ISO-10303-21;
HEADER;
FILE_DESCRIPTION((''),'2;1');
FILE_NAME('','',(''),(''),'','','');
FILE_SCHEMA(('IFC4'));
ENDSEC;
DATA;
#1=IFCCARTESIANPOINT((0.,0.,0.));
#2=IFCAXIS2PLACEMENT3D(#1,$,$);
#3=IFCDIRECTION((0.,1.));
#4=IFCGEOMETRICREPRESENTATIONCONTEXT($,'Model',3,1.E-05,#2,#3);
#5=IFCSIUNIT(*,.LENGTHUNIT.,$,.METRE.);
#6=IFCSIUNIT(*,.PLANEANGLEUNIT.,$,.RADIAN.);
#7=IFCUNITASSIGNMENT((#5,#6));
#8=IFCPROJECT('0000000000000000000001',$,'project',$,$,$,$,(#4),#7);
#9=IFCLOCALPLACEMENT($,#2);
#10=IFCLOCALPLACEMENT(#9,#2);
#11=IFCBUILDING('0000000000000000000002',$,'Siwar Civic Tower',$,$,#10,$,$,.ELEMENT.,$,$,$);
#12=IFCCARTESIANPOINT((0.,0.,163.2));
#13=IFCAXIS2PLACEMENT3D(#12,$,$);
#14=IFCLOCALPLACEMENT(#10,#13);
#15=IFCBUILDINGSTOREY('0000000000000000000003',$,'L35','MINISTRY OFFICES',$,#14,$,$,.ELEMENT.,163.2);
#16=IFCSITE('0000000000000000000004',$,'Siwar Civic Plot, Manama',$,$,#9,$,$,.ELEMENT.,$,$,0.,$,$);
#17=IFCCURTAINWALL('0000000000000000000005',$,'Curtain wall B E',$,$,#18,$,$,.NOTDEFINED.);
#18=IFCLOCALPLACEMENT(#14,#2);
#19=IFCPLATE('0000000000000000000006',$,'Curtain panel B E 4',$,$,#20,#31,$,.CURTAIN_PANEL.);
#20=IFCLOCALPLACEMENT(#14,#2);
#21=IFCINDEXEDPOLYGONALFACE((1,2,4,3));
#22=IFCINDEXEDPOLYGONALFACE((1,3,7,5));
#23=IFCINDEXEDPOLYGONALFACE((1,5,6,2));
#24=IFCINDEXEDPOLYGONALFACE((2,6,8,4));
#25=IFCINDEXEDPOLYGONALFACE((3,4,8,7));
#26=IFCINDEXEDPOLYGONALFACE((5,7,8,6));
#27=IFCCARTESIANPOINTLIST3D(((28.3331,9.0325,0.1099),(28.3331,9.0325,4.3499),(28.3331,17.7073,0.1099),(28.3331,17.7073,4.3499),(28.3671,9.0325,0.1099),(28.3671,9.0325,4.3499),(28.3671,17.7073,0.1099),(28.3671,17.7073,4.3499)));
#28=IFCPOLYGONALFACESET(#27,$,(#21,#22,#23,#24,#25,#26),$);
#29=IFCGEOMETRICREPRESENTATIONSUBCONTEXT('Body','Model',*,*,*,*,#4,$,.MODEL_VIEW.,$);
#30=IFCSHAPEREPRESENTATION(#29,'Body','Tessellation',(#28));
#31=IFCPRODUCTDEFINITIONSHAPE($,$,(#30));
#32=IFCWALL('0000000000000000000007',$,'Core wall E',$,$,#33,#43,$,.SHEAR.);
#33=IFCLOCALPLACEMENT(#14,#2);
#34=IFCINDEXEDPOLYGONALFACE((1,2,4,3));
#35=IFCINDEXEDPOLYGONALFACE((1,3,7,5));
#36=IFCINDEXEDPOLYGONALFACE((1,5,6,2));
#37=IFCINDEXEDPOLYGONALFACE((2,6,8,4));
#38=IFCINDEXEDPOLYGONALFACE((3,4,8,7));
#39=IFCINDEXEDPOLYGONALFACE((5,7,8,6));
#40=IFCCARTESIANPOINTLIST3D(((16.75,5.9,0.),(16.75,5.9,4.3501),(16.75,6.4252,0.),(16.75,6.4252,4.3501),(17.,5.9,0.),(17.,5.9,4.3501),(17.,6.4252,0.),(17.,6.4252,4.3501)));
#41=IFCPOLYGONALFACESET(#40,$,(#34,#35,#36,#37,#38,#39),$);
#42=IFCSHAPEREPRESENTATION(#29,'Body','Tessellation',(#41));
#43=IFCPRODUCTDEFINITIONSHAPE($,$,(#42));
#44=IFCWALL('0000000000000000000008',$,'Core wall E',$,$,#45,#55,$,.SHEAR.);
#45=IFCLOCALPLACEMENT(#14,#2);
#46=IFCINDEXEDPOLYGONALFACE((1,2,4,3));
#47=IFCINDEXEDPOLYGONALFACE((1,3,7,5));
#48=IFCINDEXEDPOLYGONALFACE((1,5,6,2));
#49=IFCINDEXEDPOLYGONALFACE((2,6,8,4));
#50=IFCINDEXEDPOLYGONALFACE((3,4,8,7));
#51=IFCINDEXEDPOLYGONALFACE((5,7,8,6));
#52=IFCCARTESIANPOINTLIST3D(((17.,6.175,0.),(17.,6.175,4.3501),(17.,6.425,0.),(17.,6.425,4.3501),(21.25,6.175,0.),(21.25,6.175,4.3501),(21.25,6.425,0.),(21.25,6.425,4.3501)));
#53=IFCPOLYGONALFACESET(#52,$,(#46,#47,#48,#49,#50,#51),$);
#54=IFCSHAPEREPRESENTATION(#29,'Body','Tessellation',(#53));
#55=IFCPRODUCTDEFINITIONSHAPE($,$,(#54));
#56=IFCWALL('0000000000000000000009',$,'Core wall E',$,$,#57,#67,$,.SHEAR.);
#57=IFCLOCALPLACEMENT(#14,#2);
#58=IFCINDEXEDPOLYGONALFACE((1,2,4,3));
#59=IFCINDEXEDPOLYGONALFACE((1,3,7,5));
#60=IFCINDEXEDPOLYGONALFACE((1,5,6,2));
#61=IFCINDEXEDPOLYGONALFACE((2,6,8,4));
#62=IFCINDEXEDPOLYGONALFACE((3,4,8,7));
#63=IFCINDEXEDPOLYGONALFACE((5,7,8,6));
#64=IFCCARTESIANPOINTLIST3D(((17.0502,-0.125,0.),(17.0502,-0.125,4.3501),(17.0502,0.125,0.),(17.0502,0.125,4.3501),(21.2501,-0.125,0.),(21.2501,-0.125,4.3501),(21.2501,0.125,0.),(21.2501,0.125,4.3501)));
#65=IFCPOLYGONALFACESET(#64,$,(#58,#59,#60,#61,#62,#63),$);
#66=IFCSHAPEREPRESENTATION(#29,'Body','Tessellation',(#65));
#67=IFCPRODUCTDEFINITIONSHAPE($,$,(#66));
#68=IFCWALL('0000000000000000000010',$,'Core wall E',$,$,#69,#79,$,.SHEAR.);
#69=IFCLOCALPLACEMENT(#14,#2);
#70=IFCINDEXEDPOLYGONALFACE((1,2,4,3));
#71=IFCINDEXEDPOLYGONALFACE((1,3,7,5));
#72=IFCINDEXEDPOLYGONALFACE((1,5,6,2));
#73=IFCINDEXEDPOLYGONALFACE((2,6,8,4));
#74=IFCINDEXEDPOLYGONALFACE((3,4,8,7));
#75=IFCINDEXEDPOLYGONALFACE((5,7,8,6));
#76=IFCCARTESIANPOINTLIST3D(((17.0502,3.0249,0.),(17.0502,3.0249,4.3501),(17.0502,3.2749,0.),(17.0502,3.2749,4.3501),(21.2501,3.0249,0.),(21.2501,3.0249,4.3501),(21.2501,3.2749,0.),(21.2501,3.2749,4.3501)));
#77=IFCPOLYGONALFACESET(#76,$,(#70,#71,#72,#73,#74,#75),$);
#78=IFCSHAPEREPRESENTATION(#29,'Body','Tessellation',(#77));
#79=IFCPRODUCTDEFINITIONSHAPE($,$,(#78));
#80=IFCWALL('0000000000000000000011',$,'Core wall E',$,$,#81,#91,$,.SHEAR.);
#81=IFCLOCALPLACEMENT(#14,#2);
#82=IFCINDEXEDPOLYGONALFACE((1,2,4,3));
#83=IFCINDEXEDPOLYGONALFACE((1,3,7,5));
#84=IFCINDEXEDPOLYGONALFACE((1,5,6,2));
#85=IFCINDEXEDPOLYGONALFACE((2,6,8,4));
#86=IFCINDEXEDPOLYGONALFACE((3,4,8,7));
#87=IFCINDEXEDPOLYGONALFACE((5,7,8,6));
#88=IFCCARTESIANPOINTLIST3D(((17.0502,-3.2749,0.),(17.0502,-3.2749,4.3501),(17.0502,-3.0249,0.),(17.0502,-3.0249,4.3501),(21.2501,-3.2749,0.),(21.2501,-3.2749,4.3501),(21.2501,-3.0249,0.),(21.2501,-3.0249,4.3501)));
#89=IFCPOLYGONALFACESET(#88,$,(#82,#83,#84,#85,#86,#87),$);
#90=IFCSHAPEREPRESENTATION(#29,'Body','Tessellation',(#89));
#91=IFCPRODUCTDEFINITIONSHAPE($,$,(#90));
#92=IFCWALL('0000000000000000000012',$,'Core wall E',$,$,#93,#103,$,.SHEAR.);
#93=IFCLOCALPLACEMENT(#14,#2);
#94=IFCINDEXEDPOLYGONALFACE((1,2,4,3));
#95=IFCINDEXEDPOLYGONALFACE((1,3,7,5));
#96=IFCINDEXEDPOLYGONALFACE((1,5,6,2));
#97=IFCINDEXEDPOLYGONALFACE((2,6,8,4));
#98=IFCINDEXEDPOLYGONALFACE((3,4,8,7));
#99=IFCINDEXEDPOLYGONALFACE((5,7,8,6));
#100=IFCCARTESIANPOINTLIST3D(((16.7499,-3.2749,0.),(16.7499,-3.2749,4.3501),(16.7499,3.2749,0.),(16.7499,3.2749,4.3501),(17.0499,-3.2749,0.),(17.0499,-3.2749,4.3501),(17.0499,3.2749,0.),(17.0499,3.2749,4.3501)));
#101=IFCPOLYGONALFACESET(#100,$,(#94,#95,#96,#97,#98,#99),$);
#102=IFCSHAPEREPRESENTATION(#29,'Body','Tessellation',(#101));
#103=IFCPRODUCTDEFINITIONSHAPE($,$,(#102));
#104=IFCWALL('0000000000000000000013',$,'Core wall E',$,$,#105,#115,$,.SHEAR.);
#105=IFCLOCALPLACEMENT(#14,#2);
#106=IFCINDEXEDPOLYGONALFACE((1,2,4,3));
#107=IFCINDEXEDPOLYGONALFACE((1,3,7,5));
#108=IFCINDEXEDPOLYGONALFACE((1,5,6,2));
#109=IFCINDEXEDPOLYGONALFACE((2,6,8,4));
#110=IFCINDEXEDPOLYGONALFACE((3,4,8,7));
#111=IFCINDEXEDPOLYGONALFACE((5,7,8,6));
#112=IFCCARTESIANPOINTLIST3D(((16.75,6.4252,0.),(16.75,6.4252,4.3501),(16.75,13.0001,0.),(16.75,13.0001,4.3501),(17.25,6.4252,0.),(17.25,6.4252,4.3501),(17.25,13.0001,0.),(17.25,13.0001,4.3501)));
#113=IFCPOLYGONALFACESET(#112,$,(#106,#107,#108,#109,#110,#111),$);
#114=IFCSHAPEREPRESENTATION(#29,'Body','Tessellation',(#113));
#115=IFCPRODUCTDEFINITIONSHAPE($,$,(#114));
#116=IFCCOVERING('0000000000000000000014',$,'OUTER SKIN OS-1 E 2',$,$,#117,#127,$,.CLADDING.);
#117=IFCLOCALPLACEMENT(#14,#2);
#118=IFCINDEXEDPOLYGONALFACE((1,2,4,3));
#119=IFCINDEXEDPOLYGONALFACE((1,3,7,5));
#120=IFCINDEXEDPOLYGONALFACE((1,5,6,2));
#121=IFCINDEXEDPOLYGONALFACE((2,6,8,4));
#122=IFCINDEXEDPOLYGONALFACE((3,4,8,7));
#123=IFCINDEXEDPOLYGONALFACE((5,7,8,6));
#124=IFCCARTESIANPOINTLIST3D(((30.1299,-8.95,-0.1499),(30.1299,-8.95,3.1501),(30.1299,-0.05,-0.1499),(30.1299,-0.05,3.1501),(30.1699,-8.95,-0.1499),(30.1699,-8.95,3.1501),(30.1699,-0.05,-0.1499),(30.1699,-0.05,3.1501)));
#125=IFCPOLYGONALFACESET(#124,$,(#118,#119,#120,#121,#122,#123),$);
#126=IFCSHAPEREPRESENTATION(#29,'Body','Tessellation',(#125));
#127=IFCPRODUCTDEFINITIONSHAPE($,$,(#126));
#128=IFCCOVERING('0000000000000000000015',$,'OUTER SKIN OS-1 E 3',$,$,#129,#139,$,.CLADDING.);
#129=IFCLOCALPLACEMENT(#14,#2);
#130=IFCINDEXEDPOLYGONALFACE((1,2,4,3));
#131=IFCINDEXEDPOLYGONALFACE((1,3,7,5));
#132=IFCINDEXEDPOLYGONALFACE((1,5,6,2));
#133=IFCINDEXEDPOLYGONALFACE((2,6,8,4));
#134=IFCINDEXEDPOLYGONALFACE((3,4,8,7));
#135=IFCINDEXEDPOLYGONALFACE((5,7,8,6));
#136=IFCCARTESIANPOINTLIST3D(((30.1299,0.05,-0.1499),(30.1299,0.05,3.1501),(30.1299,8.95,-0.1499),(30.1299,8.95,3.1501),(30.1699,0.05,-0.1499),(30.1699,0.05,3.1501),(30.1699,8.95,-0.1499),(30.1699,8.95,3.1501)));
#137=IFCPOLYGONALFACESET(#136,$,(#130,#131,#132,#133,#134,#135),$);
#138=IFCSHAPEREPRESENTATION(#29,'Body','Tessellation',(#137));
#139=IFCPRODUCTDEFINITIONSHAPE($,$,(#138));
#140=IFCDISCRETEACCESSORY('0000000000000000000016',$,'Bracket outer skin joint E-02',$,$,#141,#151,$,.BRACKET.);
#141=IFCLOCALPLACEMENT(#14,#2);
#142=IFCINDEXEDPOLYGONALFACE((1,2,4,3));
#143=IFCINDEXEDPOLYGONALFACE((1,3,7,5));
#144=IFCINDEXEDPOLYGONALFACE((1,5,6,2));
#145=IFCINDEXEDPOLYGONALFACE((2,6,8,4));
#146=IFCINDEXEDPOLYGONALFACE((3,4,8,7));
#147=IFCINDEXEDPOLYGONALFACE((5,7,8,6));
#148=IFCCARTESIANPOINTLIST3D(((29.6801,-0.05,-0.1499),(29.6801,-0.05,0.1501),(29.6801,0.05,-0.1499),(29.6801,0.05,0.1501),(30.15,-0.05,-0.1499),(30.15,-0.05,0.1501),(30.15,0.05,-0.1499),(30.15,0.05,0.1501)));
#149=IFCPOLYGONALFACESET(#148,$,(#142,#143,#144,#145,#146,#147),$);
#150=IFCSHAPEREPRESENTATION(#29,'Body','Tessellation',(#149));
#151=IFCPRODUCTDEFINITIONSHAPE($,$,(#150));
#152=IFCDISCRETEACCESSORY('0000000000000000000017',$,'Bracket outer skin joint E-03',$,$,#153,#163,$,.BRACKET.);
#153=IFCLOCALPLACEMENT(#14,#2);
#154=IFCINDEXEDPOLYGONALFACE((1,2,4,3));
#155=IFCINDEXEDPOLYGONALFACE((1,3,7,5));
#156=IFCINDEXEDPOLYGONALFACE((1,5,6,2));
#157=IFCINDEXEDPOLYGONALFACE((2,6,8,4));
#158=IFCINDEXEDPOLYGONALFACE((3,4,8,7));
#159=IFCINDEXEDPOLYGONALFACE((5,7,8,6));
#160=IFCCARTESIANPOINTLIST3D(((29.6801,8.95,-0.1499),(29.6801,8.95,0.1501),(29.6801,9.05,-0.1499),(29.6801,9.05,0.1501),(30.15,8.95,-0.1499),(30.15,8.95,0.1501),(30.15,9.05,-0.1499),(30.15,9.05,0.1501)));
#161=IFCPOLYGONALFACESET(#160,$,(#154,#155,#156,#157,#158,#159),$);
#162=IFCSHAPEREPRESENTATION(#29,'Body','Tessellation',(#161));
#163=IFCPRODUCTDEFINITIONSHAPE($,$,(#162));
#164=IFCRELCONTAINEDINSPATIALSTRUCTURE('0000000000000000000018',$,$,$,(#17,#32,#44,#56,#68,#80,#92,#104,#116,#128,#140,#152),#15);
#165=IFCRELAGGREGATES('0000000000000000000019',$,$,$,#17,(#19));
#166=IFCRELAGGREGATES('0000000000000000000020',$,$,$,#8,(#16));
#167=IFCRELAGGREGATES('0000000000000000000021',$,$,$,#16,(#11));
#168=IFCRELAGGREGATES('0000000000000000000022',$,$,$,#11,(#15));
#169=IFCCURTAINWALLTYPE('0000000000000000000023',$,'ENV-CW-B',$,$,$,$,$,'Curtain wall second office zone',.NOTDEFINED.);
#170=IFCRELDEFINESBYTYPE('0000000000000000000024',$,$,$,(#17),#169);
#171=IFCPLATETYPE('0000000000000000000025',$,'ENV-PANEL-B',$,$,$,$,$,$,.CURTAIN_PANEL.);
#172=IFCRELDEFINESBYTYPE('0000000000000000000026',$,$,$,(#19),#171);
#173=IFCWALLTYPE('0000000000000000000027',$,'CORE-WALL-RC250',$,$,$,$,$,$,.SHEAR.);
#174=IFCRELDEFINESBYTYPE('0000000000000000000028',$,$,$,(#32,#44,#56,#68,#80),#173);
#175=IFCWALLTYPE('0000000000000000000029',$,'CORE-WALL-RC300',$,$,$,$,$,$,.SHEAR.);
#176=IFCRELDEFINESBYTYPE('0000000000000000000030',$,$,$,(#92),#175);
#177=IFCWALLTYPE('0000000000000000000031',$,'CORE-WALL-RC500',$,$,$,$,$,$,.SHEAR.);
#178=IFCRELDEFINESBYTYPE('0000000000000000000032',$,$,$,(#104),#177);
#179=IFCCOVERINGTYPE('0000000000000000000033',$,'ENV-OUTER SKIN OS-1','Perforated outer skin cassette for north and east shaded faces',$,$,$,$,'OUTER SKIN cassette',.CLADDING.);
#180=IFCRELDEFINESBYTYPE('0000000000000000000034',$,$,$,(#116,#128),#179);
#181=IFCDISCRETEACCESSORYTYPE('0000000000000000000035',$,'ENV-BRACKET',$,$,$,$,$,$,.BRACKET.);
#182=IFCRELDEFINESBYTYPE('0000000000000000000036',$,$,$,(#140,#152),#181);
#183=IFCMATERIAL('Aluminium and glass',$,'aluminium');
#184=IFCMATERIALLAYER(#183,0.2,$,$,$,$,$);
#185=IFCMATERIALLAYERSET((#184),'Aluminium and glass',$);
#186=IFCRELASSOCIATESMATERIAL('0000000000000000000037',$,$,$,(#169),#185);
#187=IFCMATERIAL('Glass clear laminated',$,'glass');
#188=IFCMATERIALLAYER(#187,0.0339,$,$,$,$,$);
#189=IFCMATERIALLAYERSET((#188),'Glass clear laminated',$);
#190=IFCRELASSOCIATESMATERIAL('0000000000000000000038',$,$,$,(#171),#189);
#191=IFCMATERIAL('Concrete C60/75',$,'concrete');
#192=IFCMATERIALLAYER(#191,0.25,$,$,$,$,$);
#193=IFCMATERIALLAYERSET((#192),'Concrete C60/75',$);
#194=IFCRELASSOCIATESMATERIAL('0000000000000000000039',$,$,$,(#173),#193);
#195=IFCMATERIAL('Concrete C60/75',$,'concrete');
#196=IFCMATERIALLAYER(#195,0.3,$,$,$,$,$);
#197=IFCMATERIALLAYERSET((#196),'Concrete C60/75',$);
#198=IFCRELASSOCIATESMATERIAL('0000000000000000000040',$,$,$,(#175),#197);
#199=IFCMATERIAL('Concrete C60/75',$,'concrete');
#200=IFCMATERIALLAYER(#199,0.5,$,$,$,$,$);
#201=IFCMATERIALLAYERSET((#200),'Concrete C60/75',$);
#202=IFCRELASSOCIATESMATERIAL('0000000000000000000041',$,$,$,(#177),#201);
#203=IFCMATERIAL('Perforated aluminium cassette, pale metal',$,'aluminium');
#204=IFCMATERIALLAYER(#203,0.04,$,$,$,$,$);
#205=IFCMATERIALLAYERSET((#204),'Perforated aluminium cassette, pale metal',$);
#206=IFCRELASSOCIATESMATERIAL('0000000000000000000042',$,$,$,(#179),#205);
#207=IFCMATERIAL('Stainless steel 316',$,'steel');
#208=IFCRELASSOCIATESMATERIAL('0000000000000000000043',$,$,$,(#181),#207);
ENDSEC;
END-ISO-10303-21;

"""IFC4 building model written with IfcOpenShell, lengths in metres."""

from ifc_helpers import new_model, si_unit, direction, frame, frame_2d, origin, origin_2d, place, context, subcontext, project, spatial, rectangle, extrude, material, layer, layer_set, type_object, element, aggregate, save


model = new_model("IFC4")

# Units and contexts
model_context = context("Model", 3, precision=1e-05, world=origin(), true_north=direction((0.0, 1.0)))
body_context = subcontext(model_context, "Body", "Model", "MODEL_VIEW")
ifc_project = project(units=[si_unit("LENGTHUNIT", "METRE"), si_unit("PLANEANGLEUNIT", "RADIAN")], contexts=[model_context])

# Site, building, storey
site_placement = place(None, origin())
site = spatial("IfcSite", under=ifc_project, at=site_placement, Name="Siwar Civic Plot, Manama", CompositionType="ELEMENT", RefElevation=0.0)
building_placement = place(site_placement, origin())
building = spatial("IfcBuilding", under=site, at=building_placement, Name="Siwar Civic Tower", CompositionType="ELEMENT")
storey_placement = place(building_placement, frame((0.0, 0.0, 163.2)))
storey = spatial("IfcBuildingStorey", under=building, at=storey_placement, Name="L35", Description="MINISTRY OFFICES", CompositionType="ELEMENT", Elevation=163.2)

# Curtain wall
ifc_material_1 = material(Name="Aluminium and glass", Category="aluminium")
ifc_layer_1 = layer(ifc_material_1, 0.2)
ifc_layer_set_1 = layer_set([ifc_layer_1], Name="Aluminium and glass")
curtain_wall_type = type_object("IfcCurtainWallType", Name="ENV-CW-B", ElementType="Curtain wall second office zone", PredefinedType="NOTDEFINED", material=ifc_layer_set_1)
curtain_wall_placement = place(storey_placement, origin())
curtain_wall = element("IfcCurtainWall", 1, at=curtain_wall_placement, inside=storey, type_object=curtain_wall_type, Name="Curtain wall B E", PredefinedType="NOTDEFINED")

# Plate
ifc_material_2 = material(Name="Glass clear laminated", Category="glass")
ifc_layer_2 = layer(ifc_material_2, 0.0339)
ifc_layer_set_2 = layer_set([ifc_layer_2], Name="Glass clear laminated")
plate_type = type_object("IfcPlateType", Name="ENV-PANEL-B", PredefinedType="CURTAIN_PANEL", material=ifc_layer_set_2)
plate_1_placement = place(storey_placement, frame((28.3501, 13.3699, 0.1099), z_axis=(0.0, 0.0, 1.0), x_axis=(0.0, 1.0, 0.0)))
plate_1 = element("IfcPlate", 2, at=plate_1_placement, type_object=plate_type, Name="Curtain panel B E 4", PredefinedType="CURTAIN_PANEL", context=body_context, shape_type="SweptSolid", body=[
    extrude(rectangle(XDim=8.6748, YDim=0.0339, at=origin_2d()), origin(), (0.0, 0.0, 1.0), 4.24),
])
aggregate(curtain_wall, [plate_1])

# Walls
ifc_material_3 = material(Name="Concrete C60/75", Category="concrete")
ifc_layer_3 = layer(ifc_material_3, 0.25)
ifc_layer_set_3 = layer_set([ifc_layer_3], Name="Concrete C60/75")
wall_type_1 = type_object("IfcWallType", Name="CORE-WALL-RC250", PredefinedType="SHEAR", material=ifc_layer_set_3)
wall_1_placement = place(storey_placement, frame((16.875, 5.8999, 0.0), z_axis=(0.0, 0.0, 1.0), x_axis=(0.0, 1.0, 0.0)))
element("IfcWall", 3, at=wall_1_placement, inside=storey, type_object=wall_type_1, Name="Core wall E", PredefinedType="SHEAR", context=body_context, shape_type="SweptSolid", body=[
    extrude(rectangle(XDim=0.5251, YDim=0.25, at=frame_2d((0.2627, 0.0))), origin(), (0.0, 0.0, 1.0), 4.3501),
])
wall_2_placement = place(storey_placement, frame((17.0, 6.3, 0.0), z_axis=(0.0, 0.0, 1.0), x_axis=(1.0, 0.0, 0.0)))
element("IfcWall", 4, at=wall_2_placement, inside=storey, type_object=wall_type_1, Name="Core wall E", PredefinedType="SHEAR", context=body_context, shape_type="SweptSolid", body=[
    extrude(rectangle(XDim=4.25, YDim=0.25, at=frame_2d((2.125, 0.0))), origin(), (0.0, 0.0, 1.0), 4.3501),
])
for number, where, z_axis, x_axis, name in (
    (5, (17.05, 0.0, 0.0), (0.0, 0.0, 1.0), (1.0, 0.0, 0.0), "Core wall E"),
    (6, (17.05, 3.1499, 0.0), (0.0, 0.0, 1.0), (1.0, 0.0, 0.0), "Core wall E"),
    (7, (17.05, -3.1499, 0.0), (0.0, 0.0, 1.0), (1.0, 0.0, 0.0), "Core wall E"),
):
    element("IfcWall", number, at=place(storey_placement, frame(where, z_axis=z_axis, x_axis=x_axis)), inside=storey, type_object=wall_type_1, Name=name, PredefinedType="SHEAR", context=body_context, shape_type="SweptSolid", body=[
        extrude(rectangle(XDim=4.2, YDim=0.25, at=frame_2d((2.1001, 0.0))), origin(), (0.0, 0.0, 1.0), 4.3501),
    ])
ifc_material_4 = material(Name="Concrete C60/75", Category="concrete")
ifc_layer_4 = layer(ifc_material_4, 0.3)
ifc_layer_set_4 = layer_set([ifc_layer_4], Name="Concrete C60/75")
wall_type_2 = type_object("IfcWallType", Name="CORE-WALL-RC300", PredefinedType="SHEAR", material=ifc_layer_set_4)
wall_3_placement = place(storey_placement, frame((16.8999, -3.2749, 0.0), z_axis=(0.0, 0.0, 1.0), x_axis=(0.0, 1.0, 0.0)))
element("IfcWall", 8, at=wall_3_placement, inside=storey, type_object=wall_type_2, Name="Core wall E", PredefinedType="SHEAR", context=body_context, shape_type="SweptSolid", body=[
    extrude(rectangle(XDim=6.5498, YDim=0.3, at=frame_2d((3.2749, 0.0))), origin(), (0.0, 0.0, 1.0), 4.3501),
])
ifc_material_5 = material(Name="Concrete C60/75", Category="concrete")
ifc_layer_5 = layer(ifc_material_5, 0.5)
ifc_layer_set_5 = layer_set([ifc_layer_5], Name="Concrete C60/75")
wall_type_3 = type_object("IfcWallType", Name="CORE-WALL-RC500", PredefinedType="SHEAR", material=ifc_layer_set_5)
wall_4_placement = place(storey_placement, frame((17.0, 6.425, 0.0), z_axis=(0.0, 0.0, 1.0), x_axis=(0.0, 1.0, 0.0)))
element("IfcWall", 9, at=wall_4_placement, inside=storey, type_object=wall_type_3, Name="Core wall E", PredefinedType="SHEAR", context=body_context, shape_type="SweptSolid", body=[
    extrude(rectangle(XDim=6.575, YDim=0.5, at=frame_2d((3.2876, 0.0))), origin(), (0.0, 0.0, 1.0), 4.3501),
])

# Coverings
ifc_material_6 = material(Name="Perforated aluminium cassette, pale metal", Category="aluminium")
ifc_layer_6 = layer(ifc_material_6, 0.04)
ifc_layer_set_6 = layer_set([ifc_layer_6], Name="Perforated aluminium cassette, pale metal")
covering_type = type_object("IfcCoveringType", Name="ENV-OUTER SKIN OS-1", Description="Perforated outer skin cassette for north and east shaded faces", ElementType="OUTER SKIN cassette", PredefinedType="CLADDING", material=ifc_layer_set_6)
for number, where, z_axis, x_axis, name in (
    (10, (30.1499, -4.5, -0.1499), (0.0, 0.0, 1.0), (0.0, 1.0, 0.0), "OUTER SKIN OS-1 E 2"),
    (11, (30.1499, 4.5, -0.1499), (0.0, 0.0, 1.0), (0.0, 1.0, 0.0), "OUTER SKIN OS-1 E 3"),
):
    element("IfcCovering", number, at=place(storey_placement, frame(where, z_axis=z_axis, x_axis=x_axis)), inside=storey, type_object=covering_type, Name=name, PredefinedType="CLADDING", context=body_context, shape_type="SweptSolid", body=[
        extrude(rectangle(XDim=8.8999, YDim=0.04, at=origin_2d()), origin(), (0.0, 0.0, 1.0), 3.3),
    ])

# Discrete accessories
ifc_material_7 = material(Name="Stainless steel 316", Category="steel")
discrete_accessory_type = type_object("IfcDiscreteAccessoryType", Name="ENV-BRACKET", PredefinedType="BRACKET", material=ifc_material_7)
for number, where, z_axis, x_axis, name in (
    (12, (29.915, 0.0, -0.1499), (0.0, 0.0, 1.0), (1.0, 0.0, 0.0), "Bracket outer skin joint E-02"),
    (13, (29.915, 9.0, -0.1499), (0.0, 0.0, 1.0), (1.0, 0.0, 0.0), "Bracket outer skin joint E-03"),
):
    element("IfcDiscreteAccessory", number, at=place(storey_placement, frame(where, z_axis=z_axis, x_axis=x_axis)), inside=storey, type_object=discrete_accessory_type, Name=name, PredefinedType="BRACKET", context=body_context, shape_type="SweptSolid", body=[
        extrude(rectangle(XDim=0.47, YDim=0.1001, at=origin_2d()), origin(), (0.0, 0.0, 1.0), 0.3),
    ])

save(model, "model.ifc")
